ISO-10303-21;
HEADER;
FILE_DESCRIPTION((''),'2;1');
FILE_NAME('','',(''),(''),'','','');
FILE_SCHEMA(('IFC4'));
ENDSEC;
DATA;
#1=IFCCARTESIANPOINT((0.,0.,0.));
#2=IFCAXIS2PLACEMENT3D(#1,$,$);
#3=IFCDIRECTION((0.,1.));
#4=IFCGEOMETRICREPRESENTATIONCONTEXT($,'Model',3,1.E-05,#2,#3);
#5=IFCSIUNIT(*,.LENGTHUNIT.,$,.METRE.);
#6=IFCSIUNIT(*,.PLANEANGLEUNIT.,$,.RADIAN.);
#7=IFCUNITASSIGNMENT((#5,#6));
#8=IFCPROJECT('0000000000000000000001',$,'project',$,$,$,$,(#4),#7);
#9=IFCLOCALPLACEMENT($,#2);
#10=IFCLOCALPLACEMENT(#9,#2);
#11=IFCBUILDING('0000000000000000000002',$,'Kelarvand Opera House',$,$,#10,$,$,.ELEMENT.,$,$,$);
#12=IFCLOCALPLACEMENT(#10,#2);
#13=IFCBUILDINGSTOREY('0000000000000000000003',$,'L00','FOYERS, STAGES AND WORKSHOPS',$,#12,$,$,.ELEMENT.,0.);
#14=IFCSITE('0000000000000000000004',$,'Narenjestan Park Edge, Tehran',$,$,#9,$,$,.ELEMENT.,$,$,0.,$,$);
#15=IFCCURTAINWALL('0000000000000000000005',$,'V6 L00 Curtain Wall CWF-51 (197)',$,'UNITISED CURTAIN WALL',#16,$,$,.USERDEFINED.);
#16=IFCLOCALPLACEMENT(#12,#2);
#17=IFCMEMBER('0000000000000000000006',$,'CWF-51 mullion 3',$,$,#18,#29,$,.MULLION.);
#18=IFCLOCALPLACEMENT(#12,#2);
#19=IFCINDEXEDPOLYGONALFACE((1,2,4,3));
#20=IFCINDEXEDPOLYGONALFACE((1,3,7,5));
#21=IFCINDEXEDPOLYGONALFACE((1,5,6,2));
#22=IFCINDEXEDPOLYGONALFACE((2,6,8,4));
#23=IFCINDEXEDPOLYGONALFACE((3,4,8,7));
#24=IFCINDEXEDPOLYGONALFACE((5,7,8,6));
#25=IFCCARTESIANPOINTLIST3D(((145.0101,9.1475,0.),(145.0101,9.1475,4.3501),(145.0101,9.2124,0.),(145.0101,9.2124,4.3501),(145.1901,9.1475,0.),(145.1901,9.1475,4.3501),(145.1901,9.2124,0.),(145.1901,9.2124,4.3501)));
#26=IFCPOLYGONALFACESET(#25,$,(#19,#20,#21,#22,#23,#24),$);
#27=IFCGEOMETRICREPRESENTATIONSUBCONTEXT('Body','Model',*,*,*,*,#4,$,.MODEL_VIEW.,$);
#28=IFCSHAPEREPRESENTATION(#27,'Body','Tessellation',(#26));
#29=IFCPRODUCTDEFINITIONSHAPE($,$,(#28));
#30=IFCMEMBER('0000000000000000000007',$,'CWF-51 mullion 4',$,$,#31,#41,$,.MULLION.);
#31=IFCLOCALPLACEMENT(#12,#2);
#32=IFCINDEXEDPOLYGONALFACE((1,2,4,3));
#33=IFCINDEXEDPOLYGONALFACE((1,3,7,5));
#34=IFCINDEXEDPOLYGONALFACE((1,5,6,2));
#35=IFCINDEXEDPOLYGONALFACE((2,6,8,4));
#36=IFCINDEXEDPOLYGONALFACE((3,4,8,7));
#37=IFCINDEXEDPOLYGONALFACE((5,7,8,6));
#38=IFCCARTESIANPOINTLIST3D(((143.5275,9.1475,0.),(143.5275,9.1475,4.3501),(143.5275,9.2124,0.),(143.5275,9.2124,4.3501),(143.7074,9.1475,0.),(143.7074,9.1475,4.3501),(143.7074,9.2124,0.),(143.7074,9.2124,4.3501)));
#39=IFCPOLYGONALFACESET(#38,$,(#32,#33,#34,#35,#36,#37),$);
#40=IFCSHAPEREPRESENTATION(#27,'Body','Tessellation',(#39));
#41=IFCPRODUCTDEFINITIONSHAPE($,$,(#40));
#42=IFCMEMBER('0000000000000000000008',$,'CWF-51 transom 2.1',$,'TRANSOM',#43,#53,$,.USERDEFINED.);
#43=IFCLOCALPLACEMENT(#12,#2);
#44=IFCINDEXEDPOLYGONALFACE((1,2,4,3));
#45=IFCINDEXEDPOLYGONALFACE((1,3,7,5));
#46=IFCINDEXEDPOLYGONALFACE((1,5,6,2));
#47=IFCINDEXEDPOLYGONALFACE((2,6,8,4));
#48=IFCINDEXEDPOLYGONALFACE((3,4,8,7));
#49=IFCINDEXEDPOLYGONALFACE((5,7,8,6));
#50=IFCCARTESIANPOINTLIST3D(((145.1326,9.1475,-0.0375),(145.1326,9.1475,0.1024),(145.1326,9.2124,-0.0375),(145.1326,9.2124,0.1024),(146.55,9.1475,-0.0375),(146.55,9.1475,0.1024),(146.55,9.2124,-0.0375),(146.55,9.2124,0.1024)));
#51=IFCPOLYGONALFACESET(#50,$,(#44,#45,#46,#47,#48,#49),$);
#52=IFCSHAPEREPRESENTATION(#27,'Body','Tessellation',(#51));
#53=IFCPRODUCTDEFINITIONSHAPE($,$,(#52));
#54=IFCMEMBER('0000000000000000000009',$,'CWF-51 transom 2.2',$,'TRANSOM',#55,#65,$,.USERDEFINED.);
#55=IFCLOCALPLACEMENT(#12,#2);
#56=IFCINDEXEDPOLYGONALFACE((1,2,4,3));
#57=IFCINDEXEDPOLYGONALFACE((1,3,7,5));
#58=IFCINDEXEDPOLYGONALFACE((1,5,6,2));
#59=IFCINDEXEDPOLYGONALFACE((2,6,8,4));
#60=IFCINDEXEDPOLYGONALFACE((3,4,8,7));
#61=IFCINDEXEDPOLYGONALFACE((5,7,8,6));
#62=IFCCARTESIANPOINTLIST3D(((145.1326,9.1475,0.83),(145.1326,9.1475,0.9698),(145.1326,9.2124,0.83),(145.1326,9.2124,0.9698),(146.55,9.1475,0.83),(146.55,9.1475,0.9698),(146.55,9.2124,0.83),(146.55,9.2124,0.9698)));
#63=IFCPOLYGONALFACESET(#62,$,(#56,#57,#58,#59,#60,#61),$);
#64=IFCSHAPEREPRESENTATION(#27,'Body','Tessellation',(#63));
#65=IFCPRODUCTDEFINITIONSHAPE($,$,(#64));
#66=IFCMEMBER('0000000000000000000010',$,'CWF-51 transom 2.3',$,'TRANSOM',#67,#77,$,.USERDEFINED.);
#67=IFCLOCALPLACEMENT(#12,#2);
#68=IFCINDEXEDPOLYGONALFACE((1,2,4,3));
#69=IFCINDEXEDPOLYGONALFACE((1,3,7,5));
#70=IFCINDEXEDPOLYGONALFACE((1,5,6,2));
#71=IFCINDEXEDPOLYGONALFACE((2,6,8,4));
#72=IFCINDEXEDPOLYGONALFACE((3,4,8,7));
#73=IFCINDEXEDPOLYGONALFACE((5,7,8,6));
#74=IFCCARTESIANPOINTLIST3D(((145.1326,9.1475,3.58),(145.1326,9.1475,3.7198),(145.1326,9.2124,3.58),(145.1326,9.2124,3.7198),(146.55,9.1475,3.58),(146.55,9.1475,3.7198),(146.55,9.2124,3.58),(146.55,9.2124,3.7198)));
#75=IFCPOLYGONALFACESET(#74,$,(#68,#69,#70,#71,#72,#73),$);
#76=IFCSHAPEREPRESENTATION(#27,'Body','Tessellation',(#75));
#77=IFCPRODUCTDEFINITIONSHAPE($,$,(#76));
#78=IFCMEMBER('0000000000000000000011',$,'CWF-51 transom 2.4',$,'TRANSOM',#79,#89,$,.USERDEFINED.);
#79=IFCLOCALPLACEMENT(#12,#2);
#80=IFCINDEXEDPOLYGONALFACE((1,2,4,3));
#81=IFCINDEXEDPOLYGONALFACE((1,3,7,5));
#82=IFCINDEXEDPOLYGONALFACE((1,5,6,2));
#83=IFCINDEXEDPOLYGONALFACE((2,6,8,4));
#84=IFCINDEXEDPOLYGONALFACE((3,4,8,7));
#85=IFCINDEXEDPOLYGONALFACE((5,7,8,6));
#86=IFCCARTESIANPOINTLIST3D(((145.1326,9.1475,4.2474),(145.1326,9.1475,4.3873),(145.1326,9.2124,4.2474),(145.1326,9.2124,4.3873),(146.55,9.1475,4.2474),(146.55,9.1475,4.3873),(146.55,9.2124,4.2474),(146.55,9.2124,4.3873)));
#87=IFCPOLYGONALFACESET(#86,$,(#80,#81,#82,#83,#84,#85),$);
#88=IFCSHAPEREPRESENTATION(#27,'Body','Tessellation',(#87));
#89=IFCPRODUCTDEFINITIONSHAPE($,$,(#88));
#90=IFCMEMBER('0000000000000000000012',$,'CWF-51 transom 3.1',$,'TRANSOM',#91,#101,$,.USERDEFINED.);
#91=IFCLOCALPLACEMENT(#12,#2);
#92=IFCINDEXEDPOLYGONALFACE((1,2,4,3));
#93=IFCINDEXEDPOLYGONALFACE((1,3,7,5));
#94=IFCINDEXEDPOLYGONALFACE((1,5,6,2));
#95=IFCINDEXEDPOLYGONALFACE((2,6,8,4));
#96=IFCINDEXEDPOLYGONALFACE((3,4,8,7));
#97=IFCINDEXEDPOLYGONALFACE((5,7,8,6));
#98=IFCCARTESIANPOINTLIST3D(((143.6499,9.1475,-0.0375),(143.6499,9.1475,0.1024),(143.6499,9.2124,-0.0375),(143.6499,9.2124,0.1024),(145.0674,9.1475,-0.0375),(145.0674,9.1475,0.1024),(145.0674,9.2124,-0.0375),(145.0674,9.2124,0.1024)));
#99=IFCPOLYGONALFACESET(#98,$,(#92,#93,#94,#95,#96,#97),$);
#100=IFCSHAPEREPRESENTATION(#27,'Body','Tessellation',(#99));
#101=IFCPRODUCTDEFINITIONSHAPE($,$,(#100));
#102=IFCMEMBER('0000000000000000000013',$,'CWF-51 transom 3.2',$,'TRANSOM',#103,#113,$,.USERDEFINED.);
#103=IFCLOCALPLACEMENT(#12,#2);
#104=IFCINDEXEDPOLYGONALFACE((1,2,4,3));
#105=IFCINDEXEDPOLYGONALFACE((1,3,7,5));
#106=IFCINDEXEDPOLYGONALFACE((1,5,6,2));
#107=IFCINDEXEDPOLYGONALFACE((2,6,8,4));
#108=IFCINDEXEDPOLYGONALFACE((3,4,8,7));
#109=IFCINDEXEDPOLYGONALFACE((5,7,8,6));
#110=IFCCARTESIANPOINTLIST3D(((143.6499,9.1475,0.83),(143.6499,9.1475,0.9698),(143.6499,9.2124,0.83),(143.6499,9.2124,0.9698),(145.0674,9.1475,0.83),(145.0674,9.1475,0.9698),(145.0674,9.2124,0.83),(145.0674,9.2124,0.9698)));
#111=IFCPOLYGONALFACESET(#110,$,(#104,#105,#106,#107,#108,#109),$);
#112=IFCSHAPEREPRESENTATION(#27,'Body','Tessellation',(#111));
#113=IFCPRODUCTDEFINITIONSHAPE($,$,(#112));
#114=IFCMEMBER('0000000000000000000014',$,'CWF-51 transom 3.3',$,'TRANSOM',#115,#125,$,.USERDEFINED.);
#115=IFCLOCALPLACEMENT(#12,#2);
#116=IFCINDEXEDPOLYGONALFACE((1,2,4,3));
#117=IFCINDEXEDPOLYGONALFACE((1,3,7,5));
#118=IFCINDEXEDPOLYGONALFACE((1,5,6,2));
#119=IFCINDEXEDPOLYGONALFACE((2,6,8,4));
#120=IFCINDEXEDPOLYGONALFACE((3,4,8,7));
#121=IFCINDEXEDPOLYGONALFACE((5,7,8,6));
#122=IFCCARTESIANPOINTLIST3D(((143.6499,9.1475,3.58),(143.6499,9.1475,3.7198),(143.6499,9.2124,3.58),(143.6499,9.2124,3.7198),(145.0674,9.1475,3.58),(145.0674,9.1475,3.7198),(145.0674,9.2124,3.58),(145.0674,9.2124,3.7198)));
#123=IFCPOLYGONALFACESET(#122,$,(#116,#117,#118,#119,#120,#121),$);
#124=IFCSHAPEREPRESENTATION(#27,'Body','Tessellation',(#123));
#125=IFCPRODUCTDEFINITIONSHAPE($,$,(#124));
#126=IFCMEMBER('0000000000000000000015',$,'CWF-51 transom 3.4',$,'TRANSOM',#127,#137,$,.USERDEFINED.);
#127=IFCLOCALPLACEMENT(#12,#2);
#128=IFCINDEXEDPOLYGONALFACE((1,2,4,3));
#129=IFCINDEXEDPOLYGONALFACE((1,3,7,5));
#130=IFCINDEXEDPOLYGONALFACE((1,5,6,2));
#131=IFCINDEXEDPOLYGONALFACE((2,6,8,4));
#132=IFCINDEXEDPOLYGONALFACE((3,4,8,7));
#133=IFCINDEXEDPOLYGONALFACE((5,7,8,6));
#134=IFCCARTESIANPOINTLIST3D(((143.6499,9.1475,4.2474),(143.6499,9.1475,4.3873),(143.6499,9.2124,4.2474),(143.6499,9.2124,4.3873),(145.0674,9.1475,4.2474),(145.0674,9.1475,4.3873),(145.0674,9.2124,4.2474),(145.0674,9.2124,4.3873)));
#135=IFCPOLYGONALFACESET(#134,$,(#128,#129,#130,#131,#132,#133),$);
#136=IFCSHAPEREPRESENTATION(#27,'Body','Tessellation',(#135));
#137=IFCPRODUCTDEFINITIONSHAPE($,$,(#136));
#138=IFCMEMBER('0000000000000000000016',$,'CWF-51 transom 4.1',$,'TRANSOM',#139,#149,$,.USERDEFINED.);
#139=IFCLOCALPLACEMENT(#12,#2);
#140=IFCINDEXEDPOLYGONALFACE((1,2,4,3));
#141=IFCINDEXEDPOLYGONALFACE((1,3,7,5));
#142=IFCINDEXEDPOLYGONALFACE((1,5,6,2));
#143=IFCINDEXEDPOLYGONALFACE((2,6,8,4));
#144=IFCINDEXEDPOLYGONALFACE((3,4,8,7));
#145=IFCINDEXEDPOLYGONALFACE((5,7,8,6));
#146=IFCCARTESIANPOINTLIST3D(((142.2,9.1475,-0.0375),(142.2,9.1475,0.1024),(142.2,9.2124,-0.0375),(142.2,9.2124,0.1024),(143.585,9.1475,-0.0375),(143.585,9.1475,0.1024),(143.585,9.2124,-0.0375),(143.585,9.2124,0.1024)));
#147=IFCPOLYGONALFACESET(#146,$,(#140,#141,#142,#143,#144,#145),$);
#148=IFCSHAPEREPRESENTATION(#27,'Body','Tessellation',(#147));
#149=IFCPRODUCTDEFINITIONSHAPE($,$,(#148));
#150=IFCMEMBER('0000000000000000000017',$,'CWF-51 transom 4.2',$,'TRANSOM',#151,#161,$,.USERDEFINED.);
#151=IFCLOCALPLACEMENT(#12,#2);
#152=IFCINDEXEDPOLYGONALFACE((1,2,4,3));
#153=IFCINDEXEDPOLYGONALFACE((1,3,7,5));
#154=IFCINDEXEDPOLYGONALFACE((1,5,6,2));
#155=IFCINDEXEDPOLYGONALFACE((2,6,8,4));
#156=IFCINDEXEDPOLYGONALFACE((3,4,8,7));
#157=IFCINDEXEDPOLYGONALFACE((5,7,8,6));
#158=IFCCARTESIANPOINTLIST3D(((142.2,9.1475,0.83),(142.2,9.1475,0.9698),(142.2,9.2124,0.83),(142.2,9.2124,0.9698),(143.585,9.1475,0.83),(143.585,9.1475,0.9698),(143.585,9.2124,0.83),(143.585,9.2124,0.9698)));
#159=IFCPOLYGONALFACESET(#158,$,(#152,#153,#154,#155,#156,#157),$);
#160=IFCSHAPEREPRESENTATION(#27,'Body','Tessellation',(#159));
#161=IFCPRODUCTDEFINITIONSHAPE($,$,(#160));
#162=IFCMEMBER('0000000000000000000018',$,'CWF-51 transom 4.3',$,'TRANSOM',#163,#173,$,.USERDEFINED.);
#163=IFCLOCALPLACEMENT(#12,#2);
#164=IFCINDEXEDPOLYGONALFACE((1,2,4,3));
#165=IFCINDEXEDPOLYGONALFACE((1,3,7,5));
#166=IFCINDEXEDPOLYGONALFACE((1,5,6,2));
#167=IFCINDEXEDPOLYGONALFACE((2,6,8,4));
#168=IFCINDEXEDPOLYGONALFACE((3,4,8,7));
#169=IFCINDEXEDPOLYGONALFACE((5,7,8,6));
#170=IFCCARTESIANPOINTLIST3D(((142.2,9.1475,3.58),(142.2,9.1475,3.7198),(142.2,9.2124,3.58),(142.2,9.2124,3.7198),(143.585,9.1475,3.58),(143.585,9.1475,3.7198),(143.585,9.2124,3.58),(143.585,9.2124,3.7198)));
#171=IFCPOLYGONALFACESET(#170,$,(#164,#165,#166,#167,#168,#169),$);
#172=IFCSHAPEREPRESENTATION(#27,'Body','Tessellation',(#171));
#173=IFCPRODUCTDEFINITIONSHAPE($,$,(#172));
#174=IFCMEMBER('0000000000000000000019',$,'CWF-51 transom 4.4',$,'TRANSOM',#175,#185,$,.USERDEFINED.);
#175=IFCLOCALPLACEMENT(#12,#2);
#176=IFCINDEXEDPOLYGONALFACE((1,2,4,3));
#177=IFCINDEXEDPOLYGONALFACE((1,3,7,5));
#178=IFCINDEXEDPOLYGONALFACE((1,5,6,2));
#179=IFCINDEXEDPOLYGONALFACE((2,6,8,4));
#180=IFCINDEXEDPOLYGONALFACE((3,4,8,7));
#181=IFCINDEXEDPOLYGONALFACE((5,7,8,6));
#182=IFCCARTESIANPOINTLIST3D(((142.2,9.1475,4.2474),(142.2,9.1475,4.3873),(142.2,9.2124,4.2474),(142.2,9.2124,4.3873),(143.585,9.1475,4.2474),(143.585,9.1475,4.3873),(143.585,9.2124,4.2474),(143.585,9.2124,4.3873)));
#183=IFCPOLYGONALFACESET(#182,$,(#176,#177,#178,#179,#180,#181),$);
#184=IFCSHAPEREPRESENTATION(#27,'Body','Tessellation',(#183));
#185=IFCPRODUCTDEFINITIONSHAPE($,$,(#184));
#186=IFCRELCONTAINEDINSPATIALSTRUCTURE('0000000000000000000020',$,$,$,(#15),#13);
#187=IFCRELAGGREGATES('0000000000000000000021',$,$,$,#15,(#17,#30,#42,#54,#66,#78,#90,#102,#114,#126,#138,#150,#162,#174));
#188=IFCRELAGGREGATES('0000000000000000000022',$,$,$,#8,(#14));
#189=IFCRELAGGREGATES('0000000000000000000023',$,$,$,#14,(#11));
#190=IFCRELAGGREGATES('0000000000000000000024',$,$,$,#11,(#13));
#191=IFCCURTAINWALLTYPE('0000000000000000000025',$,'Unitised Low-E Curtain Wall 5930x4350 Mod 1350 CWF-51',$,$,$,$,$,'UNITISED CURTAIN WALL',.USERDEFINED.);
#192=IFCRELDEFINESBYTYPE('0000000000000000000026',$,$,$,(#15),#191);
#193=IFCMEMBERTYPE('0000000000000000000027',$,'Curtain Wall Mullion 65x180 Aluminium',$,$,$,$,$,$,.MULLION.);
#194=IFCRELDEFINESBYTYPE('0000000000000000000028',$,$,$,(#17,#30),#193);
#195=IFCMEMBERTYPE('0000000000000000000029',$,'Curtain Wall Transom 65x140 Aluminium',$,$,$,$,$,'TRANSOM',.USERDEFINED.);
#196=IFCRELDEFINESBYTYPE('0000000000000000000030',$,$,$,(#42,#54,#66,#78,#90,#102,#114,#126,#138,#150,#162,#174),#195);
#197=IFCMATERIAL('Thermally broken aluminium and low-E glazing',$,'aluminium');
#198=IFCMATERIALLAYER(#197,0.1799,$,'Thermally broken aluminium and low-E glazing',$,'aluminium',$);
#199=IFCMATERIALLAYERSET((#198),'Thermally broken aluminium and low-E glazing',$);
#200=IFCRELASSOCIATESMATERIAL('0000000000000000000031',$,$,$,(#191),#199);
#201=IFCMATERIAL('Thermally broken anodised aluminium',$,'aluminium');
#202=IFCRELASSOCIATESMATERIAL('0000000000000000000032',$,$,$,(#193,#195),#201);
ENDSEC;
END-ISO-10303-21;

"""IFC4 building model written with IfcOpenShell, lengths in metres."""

from ifc_helpers import new_model, si_unit, direction, frame, origin, origin_2d, place, context, subcontext, project, spatial, rectangle, extrude, material, layer, layer_set, material_profile, profile_set, type_object, element, aggregate, save


model = new_model("IFC4")

# Units and contexts
model_context = context("Model", 3, precision=1e-05, world=origin(), true_north=direction((0.0, 1.0)))
body_context = subcontext(model_context, "Body", "Model", "MODEL_VIEW")
ifc_project = project(units=[si_unit("LENGTHUNIT", "METRE"), si_unit("PLANEANGLEUNIT", "RADIAN")], contexts=[model_context])

# Site, building, storey
site_placement = place(None, origin())
site = spatial("IfcSite", under=ifc_project, at=site_placement, Name="Narenjestan Park Edge, Tehran", CompositionType="ELEMENT", RefElevation=0.0)
building_placement = place(site_placement, origin())
building = spatial("IfcBuilding", under=site, at=building_placement, Name="Kelarvand Opera House", CompositionType="ELEMENT")
storey_placement = place(building_placement, origin())
storey = spatial("IfcBuildingStorey", under=building, at=storey_placement, Name="L00", Description="FOYERS, STAGES AND WORKSHOPS", CompositionType="ELEMENT", Elevation=0.0)

# Curtain wall, members
ifc_material_1 = material(Name="Thermally broken aluminium and low-E glazing", Category="aluminium")
ifc_layer_1 = layer(ifc_material_1, 0.1799, Name="Thermally broken aluminium and low-E glazing", Category="aluminium")
ifc_layer_set_1 = layer_set([ifc_layer_1], Name="Thermally broken aluminium and low-E glazing")
curtain_wall_type = type_object("IfcCurtainWallType", Name="Unitised Low-E Curtain Wall 5930x4350 Mod 1350 CWF-51", ElementType="UNITISED CURTAIN WALL", PredefinedType="USERDEFINED", material=ifc_layer_set_1)
curtain_wall_placement = place(storey_placement, origin())
curtain_wall = element("IfcCurtainWall", 1, at=curtain_wall_placement, inside=storey, type_object=curtain_wall_type, Name="V6 L00 Curtain Wall CWF-51 (197)", ObjectType="UNITISED CURTAIN WALL", PredefinedType="USERDEFINED")
ifc_material_2 = material(Name="Thermally broken anodised aluminium", Category="aluminium")
ifc_material_profile_1 = material_profile(ifc_material_2, rectangle(XDim=0.0649, YDim=0.1799, at=origin_2d()), Name="ALU MULLION 65x180", Category="aluminium")
ifc_profile_set_1 = profile_set([ifc_material_profile_1], Name="Thermally broken anodised aluminium")
member_type_1 = type_object("IfcMemberType", Name="Curtain Wall Mullion 65x180 Aluminium", PredefinedType="MULLION", material=ifc_profile_set_1)
member_1_placement = place(storey_placement, frame((145.1001, 9.1799, 0.0), z_axis=(0.0, 0.0, 1.0), x_axis=(0.0, -1.0, 0.0)))
member_1 = element("IfcMember", 2, at=member_1_placement, type_object=member_type_1, Name="CWF-51 mullion 3", PredefinedType="MULLION", context=body_context, shape_type="SweptSolid", body=[
    extrude(rectangle(XDim=0.0649, YDim=0.1799, at=origin_2d()), origin(), (0.0, 0.0, 1.0), 4.3501),
])
member_2_placement = place(storey_placement, frame((143.6174, 9.1799, 0.0), z_axis=(0.0, 0.0, 1.0), x_axis=(0.0, -1.0, 0.0)))
member_2 = element("IfcMember", 3, at=member_2_placement, type_object=member_type_1, Name="CWF-51 mullion 4", PredefinedType="MULLION", context=body_context, shape_type="SweptSolid", body=[
    extrude(rectangle(XDim=0.0649, YDim=0.1799, at=origin_2d()), origin(), (0.0, 0.0, 1.0), 4.3501),
])
ifc_material_profile_2 = material_profile(ifc_material_2, rectangle(XDim=0.0649, YDim=0.1399, at=origin_2d()), Name="ALU TRANSOM 65x140", Category="aluminium")
ifc_profile_set_2 = profile_set([ifc_material_profile_2], Name="Thermally broken anodised aluminium")
member_type_2 = type_object("IfcMemberType", Name="Curtain Wall Transom 65x140 Aluminium", ElementType="TRANSOM", PredefinedType="USERDEFINED", material=ifc_profile_set_2)
member_3_placement = place(storey_placement, frame((146.55, 9.1799, 0.0325), z_axis=(-1.0, 0.0, 0.0), x_axis=(0.0, -1.0, 0.0)))
member_3 = element("IfcMember", 4, at=member_3_placement, type_object=member_type_2, Name="CWF-51 transom 2.1", ObjectType="TRANSOM", PredefinedType="USERDEFINED", context=body_context, shape_type="SweptSolid", body=[
    extrude(rectangle(XDim=0.0649, YDim=0.1399, at=origin_2d()), origin(), (0.0, 0.0, 1.0), 1.4175),
])
member_4_placement = place(storey_placement, frame((146.55, 9.1799, 0.8999), z_axis=(-1.0, 0.0, 0.0), x_axis=(0.0, -1.0, 0.0)))
member_4 = element("IfcMember", 5, at=member_4_placement, type_object=member_type_2, Name="CWF-51 transom 2.2", ObjectType="TRANSOM", PredefinedType="USERDEFINED", context=body_context, shape_type="SweptSolid", body=[
    extrude(rectangle(XDim=0.0649, YDim=0.1399, at=origin_2d()), origin(), (0.0, 0.0, 1.0), 1.4175),
])
member_5_placement = place(storey_placement, frame((146.55, 9.1799, 3.6499), z_axis=(-1.0, 0.0, 0.0), x_axis=(0.0, -1.0, 0.0)))
member_5 = element("IfcMember", 6, at=member_5_placement, type_object=member_type_2, Name="CWF-51 transom 2.3", ObjectType="TRANSOM", PredefinedType="USERDEFINED", context=body_context, shape_type="SweptSolid", body=[
    extrude(rectangle(XDim=0.0649, YDim=0.1399, at=origin_2d()), origin(), (0.0, 0.0, 1.0), 1.4175),
])
member_6_placement = place(storey_placement, frame((146.55, 9.1799, 4.3174), z_axis=(-1.0, 0.0, 0.0), x_axis=(0.0, -1.0, 0.0)))
member_6 = element("IfcMember", 7, at=member_6_placement, type_object=member_type_2, Name="CWF-51 transom 2.4", ObjectType="TRANSOM", PredefinedType="USERDEFINED", context=body_context, shape_type="SweptSolid", body=[
    extrude(rectangle(XDim=0.0649, YDim=0.1399, at=origin_2d()), origin(), (0.0, 0.0, 1.0), 1.4175),
])
member_7_placement = place(storey_placement, frame((145.0674, 9.1799, 0.0325), z_axis=(-1.0, 0.0, 0.0), x_axis=(0.0, -1.0, 0.0)))
member_7 = element("IfcMember", 8, at=member_7_placement, type_object=member_type_2, Name="CWF-51 transom 3.1", ObjectType="TRANSOM", PredefinedType="USERDEFINED", context=body_context, shape_type="SweptSolid", body=[
    extrude(rectangle(XDim=0.0649, YDim=0.1399, at=origin_2d()), origin(), (0.0, 0.0, 1.0), 1.4175),
])
member_8_placement = place(storey_placement, frame((145.0674, 9.1799, 0.8999), z_axis=(-1.0, 0.0, 0.0), x_axis=(0.0, -1.0, 0.0)))
member_8 = element("IfcMember", 9, at=member_8_placement, type_object=member_type_2, Name="CWF-51 transom 3.2", ObjectType="TRANSOM", PredefinedType="USERDEFINED", context=body_context, shape_type="SweptSolid", body=[
    extrude(rectangle(XDim=0.0649, YDim=0.1399, at=origin_2d()), origin(), (0.0, 0.0, 1.0), 1.4175),
])
member_9_placement = place(storey_placement, frame((145.0674, 9.1799, 3.6499), z_axis=(-1.0, 0.0, 0.0), x_axis=(0.0, -1.0, 0.0)))
member_9 = element("IfcMember", 10, at=member_9_placement, type_object=member_type_2, Name="CWF-51 transom 3.3", ObjectType="TRANSOM", PredefinedType="USERDEFINED", context=body_context, shape_type="SweptSolid", body=[
    extrude(rectangle(XDim=0.0649, YDim=0.1399, at=origin_2d()), origin(), (0.0, 0.0, 1.0), 1.4175),
])
member_10_placement = place(storey_placement, frame((145.0674, 9.1799, 4.3174), z_axis=(-1.0, 0.0, 0.0), x_axis=(0.0, -1.0, 0.0)))
member_10 = element("IfcMember", 11, at=member_10_placement, type_object=member_type_2, Name="CWF-51 transom 3.4", ObjectType="TRANSOM", PredefinedType="USERDEFINED", context=body_context, shape_type="SweptSolid", body=[
    extrude(rectangle(XDim=0.0649, YDim=0.1399, at=origin_2d()), origin(), (0.0, 0.0, 1.0), 1.4175),
])
member_11_placement = place(storey_placement, frame((143.585, 9.1799, 0.0325), z_axis=(-1.0, 0.0, 0.0), x_axis=(0.0, -1.0, 0.0)))
member_11 = element("IfcMember", 12, at=member_11_placement, type_object=member_type_2, Name="CWF-51 transom 4.1", ObjectType="TRANSOM", PredefinedType="USERDEFINED", context=body_context, shape_type="SweptSolid", body=[
    extrude(rectangle(XDim=0.0649, YDim=0.1399, at=origin_2d()), origin(), (0.0, 0.0, 1.0), 1.385),
])
member_12_placement = place(storey_placement, frame((143.585, 9.1799, 0.8999), z_axis=(-1.0, 0.0, 0.0), x_axis=(0.0, -1.0, 0.0)))
member_12 = element("IfcMember", 13, at=member_12_placement, type_object=member_type_2, Name="CWF-51 transom 4.2", ObjectType="TRANSOM", PredefinedType="USERDEFINED", context=body_context, shape_type="SweptSolid", body=[
    extrude(rectangle(XDim=0.0649, YDim=0.1399, at=origin_2d()), origin(), (0.0, 0.0, 1.0), 1.385),
])
member_13_placement = place(storey_placement, frame((143.585, 9.1799, 3.6499), z_axis=(-1.0, 0.0, 0.0), x_axis=(0.0, -1.0, 0.0)))
member_13 = element("IfcMember", 14, at=member_13_placement, type_object=member_type_2, Name="CWF-51 transom 4.3", ObjectType="TRANSOM", PredefinedType="USERDEFINED", context=body_context, shape_type="SweptSolid", body=[
    extrude(rectangle(XDim=0.0649, YDim=0.1399, at=origin_2d()), origin(), (0.0, 0.0, 1.0), 1.385),
])
member_14_placement = place(storey_placement, frame((143.585, 9.1799, 4.3174), z_axis=(-1.0, 0.0, 0.0), x_axis=(0.0, -1.0, 0.0)))
member_14 = element("IfcMember", 15, at=member_14_placement, type_object=member_type_2, Name="CWF-51 transom 4.4", ObjectType="TRANSOM", PredefinedType="USERDEFINED", context=body_context, shape_type="SweptSolid", body=[
    extrude(rectangle(XDim=0.0649, YDim=0.1399, at=origin_2d()), origin(), (0.0, 0.0, 1.0), 1.385),
])
aggregate(curtain_wall, [member_1, member_2, member_3, member_4, member_5, member_6, member_7, member_8, member_9, member_10, member_11, member_12, member_13, member_14])

save(model, "model.ifc")
